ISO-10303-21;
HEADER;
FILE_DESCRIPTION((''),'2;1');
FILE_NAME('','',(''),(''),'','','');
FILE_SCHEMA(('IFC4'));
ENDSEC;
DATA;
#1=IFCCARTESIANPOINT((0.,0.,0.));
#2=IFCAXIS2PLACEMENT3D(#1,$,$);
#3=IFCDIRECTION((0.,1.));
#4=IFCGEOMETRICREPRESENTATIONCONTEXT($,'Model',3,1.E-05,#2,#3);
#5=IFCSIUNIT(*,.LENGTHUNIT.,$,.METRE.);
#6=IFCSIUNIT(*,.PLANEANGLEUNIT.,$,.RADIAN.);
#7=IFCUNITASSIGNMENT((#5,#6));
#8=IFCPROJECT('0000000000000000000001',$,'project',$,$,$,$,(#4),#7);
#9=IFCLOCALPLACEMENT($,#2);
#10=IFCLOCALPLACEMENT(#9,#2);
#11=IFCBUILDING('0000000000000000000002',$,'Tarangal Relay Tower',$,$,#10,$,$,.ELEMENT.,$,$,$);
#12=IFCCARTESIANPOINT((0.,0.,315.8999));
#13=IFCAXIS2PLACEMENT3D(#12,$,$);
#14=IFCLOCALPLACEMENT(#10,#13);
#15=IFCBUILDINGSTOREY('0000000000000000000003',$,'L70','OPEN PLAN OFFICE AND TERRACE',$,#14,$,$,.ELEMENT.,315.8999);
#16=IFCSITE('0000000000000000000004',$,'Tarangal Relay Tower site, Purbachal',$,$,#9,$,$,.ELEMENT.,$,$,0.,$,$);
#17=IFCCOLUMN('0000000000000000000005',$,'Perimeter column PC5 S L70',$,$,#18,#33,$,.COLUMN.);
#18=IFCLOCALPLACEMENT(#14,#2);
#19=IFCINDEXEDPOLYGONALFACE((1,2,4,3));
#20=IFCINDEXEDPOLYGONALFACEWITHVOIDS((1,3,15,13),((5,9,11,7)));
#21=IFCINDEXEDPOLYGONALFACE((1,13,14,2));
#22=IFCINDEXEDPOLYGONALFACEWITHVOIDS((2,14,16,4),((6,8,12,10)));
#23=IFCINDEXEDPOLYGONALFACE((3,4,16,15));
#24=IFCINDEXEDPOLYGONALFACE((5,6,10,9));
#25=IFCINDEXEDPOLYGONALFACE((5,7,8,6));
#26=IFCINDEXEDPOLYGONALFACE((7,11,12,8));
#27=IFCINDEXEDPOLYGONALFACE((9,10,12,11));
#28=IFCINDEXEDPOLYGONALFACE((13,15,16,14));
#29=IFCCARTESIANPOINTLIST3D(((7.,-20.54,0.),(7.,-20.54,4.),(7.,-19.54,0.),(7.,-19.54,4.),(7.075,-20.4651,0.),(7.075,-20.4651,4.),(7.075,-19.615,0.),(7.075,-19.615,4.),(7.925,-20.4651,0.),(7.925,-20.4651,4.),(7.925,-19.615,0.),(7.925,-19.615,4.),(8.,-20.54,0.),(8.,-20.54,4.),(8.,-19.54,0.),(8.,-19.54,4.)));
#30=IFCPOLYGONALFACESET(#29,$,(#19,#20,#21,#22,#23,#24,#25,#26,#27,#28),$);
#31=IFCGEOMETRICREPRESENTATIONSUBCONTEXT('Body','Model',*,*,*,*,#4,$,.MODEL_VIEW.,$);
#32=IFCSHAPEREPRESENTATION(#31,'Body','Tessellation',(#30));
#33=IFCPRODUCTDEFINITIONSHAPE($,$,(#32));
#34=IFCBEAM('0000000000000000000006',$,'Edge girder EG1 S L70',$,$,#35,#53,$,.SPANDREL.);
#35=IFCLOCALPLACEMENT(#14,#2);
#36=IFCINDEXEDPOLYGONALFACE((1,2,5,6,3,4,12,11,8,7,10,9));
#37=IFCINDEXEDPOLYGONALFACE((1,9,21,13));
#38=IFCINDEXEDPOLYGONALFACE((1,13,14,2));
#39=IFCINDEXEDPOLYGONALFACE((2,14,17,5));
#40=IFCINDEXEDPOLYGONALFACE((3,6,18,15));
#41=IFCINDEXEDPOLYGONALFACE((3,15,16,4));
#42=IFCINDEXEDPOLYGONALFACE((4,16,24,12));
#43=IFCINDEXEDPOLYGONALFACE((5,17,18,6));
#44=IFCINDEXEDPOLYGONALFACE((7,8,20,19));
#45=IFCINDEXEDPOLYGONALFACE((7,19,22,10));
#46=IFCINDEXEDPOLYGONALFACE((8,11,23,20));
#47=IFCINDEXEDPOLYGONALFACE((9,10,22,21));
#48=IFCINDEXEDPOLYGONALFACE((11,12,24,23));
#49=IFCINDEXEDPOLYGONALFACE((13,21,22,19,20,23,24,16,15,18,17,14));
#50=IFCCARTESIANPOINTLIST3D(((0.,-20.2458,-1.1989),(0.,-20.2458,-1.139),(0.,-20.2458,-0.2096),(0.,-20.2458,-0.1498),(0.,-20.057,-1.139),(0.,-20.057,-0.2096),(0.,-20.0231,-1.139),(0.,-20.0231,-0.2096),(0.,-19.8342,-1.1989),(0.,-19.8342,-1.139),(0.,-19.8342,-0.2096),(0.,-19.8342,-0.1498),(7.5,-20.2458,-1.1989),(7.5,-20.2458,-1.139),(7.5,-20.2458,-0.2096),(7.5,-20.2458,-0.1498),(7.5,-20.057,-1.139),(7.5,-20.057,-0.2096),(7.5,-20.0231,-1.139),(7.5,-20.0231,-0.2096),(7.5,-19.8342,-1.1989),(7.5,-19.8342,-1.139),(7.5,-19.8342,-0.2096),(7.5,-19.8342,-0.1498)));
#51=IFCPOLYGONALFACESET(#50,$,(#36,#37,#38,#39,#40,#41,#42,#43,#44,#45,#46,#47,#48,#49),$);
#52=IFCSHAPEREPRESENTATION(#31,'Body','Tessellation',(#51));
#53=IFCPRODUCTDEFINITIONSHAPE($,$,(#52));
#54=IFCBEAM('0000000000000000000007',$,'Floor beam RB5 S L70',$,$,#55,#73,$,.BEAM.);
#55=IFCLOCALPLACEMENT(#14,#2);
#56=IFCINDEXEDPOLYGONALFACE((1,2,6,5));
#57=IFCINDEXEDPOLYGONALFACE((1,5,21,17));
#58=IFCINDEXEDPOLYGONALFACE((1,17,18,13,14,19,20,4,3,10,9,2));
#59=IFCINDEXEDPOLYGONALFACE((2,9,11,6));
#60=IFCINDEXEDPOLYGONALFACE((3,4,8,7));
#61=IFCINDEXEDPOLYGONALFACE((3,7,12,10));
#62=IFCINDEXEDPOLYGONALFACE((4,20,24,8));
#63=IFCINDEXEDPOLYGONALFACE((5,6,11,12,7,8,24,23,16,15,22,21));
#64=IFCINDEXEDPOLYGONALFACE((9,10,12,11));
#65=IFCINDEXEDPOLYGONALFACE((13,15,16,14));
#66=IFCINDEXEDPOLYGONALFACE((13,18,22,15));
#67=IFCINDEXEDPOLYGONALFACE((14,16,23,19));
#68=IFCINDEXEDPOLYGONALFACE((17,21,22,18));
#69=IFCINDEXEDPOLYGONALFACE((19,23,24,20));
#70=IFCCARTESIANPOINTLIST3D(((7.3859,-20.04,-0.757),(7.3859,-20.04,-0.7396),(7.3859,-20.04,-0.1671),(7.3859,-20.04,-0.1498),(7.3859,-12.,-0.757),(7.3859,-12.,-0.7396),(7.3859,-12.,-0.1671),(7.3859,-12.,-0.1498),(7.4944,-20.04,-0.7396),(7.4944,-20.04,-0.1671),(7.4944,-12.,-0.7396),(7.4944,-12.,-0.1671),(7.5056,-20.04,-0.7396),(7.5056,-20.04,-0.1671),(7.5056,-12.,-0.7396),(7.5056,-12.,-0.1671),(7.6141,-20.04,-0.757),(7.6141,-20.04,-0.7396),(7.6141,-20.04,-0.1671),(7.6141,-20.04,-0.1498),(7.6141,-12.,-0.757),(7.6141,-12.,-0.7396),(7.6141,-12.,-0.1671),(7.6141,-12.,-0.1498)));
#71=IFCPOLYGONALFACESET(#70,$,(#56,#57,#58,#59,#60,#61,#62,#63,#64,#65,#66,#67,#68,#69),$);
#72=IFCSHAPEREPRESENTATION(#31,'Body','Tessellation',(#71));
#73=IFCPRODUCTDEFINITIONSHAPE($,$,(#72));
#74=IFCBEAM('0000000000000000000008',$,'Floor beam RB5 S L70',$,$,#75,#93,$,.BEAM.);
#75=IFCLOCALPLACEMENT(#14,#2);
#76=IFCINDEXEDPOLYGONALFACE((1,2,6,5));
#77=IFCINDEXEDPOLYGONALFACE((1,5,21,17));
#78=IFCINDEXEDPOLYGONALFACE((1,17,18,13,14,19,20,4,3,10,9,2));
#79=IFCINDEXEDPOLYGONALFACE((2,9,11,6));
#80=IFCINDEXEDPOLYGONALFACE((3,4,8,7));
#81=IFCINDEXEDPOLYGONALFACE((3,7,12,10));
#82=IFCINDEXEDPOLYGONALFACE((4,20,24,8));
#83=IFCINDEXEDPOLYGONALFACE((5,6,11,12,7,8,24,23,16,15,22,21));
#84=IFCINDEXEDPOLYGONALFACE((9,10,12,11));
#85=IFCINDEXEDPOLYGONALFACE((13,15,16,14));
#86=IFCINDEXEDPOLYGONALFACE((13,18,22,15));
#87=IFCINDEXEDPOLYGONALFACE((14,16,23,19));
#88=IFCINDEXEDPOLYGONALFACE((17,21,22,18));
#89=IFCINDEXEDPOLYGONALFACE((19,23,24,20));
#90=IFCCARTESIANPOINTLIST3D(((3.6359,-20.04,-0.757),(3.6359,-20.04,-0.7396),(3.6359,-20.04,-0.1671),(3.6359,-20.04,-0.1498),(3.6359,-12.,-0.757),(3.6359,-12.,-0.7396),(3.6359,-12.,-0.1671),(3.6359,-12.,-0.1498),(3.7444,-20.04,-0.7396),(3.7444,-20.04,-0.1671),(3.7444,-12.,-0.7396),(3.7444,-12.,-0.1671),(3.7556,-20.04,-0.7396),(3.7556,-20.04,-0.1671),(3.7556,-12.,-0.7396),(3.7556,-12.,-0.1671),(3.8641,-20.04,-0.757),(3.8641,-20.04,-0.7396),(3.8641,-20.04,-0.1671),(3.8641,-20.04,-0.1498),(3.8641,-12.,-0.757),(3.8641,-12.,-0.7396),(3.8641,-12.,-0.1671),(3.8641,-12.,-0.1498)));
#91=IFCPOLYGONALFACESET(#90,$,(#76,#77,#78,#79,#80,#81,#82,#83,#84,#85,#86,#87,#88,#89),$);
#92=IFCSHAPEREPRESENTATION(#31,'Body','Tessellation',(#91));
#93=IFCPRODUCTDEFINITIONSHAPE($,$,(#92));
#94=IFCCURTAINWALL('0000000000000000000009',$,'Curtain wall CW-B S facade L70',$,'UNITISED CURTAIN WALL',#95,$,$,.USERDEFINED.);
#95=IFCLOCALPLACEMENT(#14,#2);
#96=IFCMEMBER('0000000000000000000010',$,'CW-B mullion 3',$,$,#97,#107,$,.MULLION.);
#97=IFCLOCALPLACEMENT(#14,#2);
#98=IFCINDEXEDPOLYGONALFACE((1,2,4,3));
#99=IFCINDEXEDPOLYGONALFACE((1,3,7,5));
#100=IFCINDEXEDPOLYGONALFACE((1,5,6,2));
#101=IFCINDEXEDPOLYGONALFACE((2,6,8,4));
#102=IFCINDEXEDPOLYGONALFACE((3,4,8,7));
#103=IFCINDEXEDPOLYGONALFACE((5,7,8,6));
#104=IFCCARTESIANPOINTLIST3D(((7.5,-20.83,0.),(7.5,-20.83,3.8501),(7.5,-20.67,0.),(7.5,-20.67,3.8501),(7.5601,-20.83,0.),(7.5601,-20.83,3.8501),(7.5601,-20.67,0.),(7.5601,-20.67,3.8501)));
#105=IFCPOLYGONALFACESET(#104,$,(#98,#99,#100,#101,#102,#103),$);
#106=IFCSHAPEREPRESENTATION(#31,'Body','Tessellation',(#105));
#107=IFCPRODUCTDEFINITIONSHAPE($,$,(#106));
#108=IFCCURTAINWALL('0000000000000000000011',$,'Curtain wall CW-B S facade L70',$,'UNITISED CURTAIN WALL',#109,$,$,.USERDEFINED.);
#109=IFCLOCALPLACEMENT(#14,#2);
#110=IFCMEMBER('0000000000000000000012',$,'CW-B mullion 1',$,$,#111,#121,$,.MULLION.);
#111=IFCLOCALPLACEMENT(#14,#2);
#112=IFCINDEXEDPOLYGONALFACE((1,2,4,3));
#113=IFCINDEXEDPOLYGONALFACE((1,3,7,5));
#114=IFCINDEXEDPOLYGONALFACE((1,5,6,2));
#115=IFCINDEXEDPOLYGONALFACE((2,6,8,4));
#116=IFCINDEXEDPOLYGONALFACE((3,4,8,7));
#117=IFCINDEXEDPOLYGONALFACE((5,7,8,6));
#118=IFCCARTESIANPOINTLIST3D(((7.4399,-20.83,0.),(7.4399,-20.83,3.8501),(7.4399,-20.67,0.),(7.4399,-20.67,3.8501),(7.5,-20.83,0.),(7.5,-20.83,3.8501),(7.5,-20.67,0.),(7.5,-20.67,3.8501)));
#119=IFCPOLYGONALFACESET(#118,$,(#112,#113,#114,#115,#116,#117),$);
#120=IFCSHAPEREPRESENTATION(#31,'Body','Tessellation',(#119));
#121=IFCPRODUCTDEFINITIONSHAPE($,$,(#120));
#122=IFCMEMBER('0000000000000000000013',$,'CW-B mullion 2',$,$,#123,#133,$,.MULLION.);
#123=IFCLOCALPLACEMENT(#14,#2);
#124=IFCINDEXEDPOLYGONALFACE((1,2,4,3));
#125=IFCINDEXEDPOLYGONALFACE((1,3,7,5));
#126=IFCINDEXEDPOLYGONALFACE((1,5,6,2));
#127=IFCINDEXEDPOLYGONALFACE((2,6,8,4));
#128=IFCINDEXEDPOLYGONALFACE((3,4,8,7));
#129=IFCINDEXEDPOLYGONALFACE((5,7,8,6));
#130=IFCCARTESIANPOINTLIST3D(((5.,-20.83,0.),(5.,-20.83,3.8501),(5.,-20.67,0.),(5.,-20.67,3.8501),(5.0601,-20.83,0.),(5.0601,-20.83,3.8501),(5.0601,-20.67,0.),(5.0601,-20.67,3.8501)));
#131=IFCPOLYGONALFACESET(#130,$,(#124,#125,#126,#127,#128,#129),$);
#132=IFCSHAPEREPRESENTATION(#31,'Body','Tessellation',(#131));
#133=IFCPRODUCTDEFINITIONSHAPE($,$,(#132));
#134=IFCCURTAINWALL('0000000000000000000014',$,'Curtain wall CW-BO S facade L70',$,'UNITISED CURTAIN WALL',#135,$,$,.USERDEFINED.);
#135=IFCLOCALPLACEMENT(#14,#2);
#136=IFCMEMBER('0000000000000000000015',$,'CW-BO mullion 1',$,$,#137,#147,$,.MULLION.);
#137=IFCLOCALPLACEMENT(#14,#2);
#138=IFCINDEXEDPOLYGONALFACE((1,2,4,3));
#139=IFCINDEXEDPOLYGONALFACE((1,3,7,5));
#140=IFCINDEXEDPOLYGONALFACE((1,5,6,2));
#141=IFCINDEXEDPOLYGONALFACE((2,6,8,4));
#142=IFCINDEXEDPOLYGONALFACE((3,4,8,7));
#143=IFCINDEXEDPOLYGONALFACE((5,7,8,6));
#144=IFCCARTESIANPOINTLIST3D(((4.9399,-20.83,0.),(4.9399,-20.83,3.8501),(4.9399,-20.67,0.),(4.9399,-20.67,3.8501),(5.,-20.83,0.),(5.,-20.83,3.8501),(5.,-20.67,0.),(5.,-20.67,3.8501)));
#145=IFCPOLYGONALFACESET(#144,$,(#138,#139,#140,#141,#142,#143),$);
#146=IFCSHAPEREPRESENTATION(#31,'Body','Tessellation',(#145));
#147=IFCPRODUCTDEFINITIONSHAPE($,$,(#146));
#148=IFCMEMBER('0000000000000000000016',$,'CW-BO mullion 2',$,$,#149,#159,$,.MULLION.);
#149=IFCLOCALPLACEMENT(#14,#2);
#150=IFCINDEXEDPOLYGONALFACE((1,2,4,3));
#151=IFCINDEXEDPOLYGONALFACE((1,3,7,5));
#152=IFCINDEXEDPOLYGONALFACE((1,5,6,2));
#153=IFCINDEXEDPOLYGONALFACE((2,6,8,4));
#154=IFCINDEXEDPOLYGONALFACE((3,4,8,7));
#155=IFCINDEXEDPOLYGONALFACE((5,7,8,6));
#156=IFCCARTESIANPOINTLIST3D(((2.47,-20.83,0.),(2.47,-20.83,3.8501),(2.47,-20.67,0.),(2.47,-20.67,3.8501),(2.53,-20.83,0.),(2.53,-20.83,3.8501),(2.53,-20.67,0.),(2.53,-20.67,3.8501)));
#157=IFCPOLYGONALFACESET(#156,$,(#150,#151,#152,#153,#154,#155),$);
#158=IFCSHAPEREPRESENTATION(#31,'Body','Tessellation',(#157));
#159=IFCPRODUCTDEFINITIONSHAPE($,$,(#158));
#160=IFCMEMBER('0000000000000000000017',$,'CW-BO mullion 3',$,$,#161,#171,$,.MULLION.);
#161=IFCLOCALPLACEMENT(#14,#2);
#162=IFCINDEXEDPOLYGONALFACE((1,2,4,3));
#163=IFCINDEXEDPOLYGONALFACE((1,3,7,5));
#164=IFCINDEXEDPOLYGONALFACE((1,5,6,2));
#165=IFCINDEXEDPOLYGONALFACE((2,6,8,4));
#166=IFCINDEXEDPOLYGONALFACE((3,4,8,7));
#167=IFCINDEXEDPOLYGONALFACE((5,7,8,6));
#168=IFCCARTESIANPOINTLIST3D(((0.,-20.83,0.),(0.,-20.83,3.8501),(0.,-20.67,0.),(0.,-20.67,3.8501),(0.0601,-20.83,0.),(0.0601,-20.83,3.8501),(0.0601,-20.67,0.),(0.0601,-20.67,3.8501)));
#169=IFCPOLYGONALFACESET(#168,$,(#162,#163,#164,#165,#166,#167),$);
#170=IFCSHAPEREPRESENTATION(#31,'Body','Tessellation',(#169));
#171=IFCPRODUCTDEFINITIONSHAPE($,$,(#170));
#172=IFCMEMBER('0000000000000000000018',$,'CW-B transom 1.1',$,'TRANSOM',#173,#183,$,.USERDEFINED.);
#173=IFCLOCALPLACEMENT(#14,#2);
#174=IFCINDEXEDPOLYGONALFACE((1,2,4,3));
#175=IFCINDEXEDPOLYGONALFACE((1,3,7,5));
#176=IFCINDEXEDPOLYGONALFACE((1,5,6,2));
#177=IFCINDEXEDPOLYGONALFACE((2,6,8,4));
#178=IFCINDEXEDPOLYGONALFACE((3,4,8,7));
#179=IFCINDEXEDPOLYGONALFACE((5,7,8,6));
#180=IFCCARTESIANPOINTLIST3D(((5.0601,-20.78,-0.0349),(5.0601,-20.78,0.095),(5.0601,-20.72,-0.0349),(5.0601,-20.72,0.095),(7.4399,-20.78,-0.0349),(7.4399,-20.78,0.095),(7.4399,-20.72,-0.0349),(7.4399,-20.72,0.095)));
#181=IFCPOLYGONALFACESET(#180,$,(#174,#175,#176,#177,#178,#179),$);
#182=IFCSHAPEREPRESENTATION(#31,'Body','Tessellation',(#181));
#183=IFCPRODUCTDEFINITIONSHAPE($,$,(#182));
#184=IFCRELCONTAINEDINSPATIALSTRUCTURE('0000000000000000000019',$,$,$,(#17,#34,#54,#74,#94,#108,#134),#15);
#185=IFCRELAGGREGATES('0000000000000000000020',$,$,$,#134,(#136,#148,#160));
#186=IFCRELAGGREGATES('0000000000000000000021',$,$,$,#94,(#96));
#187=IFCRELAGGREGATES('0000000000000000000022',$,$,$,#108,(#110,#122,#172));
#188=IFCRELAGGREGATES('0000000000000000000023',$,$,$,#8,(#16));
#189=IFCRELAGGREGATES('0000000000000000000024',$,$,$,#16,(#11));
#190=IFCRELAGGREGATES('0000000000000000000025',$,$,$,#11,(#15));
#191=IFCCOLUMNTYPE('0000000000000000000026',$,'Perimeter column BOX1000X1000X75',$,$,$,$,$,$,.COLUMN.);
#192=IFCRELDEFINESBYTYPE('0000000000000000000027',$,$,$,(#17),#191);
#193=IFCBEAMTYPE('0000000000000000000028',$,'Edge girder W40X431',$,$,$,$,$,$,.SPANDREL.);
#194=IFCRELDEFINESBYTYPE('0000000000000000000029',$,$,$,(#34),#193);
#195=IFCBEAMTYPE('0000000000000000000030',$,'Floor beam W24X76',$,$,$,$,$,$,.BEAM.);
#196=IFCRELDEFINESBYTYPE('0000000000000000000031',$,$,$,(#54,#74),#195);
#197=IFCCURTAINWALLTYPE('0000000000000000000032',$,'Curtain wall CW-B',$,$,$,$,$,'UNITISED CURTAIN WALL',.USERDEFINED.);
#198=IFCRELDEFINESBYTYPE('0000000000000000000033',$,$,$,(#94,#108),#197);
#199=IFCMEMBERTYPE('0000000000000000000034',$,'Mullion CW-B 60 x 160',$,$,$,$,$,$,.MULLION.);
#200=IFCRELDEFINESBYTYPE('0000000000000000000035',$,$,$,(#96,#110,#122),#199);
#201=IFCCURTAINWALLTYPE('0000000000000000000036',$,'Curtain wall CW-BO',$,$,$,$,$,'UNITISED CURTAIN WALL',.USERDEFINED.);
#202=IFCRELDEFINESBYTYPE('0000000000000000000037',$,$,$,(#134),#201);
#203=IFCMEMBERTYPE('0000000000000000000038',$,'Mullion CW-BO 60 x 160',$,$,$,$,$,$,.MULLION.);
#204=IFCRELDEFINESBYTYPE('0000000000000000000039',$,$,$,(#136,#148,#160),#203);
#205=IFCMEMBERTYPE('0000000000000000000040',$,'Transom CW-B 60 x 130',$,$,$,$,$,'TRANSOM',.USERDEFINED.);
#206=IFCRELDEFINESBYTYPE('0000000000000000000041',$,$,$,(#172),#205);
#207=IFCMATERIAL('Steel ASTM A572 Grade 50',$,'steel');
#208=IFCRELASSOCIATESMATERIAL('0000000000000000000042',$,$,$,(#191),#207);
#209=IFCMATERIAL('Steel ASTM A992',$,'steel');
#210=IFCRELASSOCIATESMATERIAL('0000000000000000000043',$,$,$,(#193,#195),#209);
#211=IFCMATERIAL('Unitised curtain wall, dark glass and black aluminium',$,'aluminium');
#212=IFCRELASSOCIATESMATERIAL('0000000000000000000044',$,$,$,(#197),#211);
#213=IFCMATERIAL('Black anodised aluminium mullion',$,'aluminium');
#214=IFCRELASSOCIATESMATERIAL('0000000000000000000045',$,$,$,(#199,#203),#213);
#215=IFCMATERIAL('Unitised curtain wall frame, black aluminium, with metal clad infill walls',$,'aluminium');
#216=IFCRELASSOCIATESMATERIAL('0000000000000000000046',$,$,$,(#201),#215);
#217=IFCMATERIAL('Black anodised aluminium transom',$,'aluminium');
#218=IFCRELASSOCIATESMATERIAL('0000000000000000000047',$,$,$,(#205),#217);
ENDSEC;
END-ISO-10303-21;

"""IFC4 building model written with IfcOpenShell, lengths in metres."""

from ifc_helpers import new_model, si_unit, direction, frame, origin, origin_2d, place, context, subcontext, project, spatial, rectangle, hollow_rectangle, i_section, extrude, material, material_profile, profile_set, type_object, element, aggregate, save


model = new_model("IFC4")

# Units and contexts
model_context = context("Model", 3, precision=1e-05, world=origin(), true_north=direction((0.0, 1.0)))
body_context = subcontext(model_context, "Body", "Model", "MODEL_VIEW")
ifc_project = project(units=[si_unit("LENGTHUNIT", "METRE"), si_unit("PLANEANGLEUNIT", "RADIAN")], contexts=[model_context])

# Site, building, storey
site_placement = place(None, origin())
site = spatial("IfcSite", under=ifc_project, at=site_placement, Name="Tarangal Relay Tower site, Purbachal", CompositionType="ELEMENT", RefElevation=0.0)
building_placement = place(site_placement, origin())
building = spatial("IfcBuilding", under=site, at=building_placement, Name="Tarangal Relay Tower", CompositionType="ELEMENT")
storey_placement = place(building_placement, frame((0.0, 0.0, 315.8999)))
storey = spatial("IfcBuildingStorey", under=building, at=storey_placement, Name="L70", Description="OPEN PLAN OFFICE AND TERRACE", CompositionType="ELEMENT", Elevation=315.8999)

# Column
ifc_material_1 = material(Name="Steel ASTM A572 Grade 50", Category="steel")
ifc_material_profile_1 = material_profile(ifc_material_1, hollow_rectangle(XDim=1.0, YDim=1.0, WallThickness=0.075, at=origin_2d()), Name="BOX1000X1000X75")
ifc_profile_set_1 = profile_set([ifc_material_profile_1], Name="Steel ASTM A572 Grade 50")
column_type = type_object("IfcColumnType", Name="Perimeter column BOX1000X1000X75", PredefinedType="COLUMN", material=ifc_profile_set_1)
column_placement = place(storey_placement, frame((7.5, -20.04, 0.0), z_axis=(0.0, 0.0, 1.0), x_axis=(1.0, 0.0, 0.0)))
element("IfcColumn", 1, at=column_placement, inside=storey, type_object=column_type, Name="Perimeter column PC5 S L70", PredefinedType="COLUMN", context=body_context, shape_type="SweptSolid", body=[
    extrude(hollow_rectangle(XDim=1.0, YDim=1.0, WallThickness=0.075, at=origin_2d()), origin(), (0.0, 0.0, 1.0), 4.0),
])

# Beams
ifc_material_2 = material(Name="Steel ASTM A992", Category="steel")
ifc_material_profile_2 = material_profile(ifc_material_2, i_section(OverallWidth=0.4116, OverallDepth=1.0491, WebThickness=0.0339, FlangeThickness=0.0598, at=origin_2d()), Name="W40X431")
ifc_profile_set_2 = profile_set([ifc_material_profile_2], Name="Steel ASTM A992")
beam_type_1 = type_object("IfcBeamType", Name="Edge girder W40X431", PredefinedType="SPANDREL", material=ifc_profile_set_2)
beam_placement = place(storey_placement, frame((7.5, -20.04, -0.6743), z_axis=(-1.0, 0.0, 0.0), x_axis=(0.0, -1.0, 0.0)))
element("IfcBeam", 2, at=beam_placement, inside=storey, type_object=beam_type_1, Name="Edge girder EG1 S L70", PredefinedType="SPANDREL", context=body_context, shape_type="SweptSolid", body=[
    extrude(i_section(OverallWidth=0.4116, OverallDepth=1.0491, WebThickness=0.0339, FlangeThickness=0.0598, at=origin_2d()), origin(), (0.0, 0.0, 1.0), 7.5),
])
ifc_material_profile_3 = material_profile(ifc_material_2, i_section(OverallWidth=0.2283, OverallDepth=0.6072, WebThickness=0.0112, FlangeThickness=0.0173, at=origin_2d()), Name="W24X76")
ifc_profile_set_3 = profile_set([ifc_material_profile_3], Name="Steel ASTM A992")
beam_type_2 = type_object("IfcBeamType", Name="Floor beam W24X76", PredefinedType="BEAM", material=ifc_profile_set_3)
for number, where, z_axis, x_axis, name in (
    (3, (7.5, -12.0, -0.4534), (0.0, -1.0, 0.0), (1.0, 0.0, 0.0), "Floor beam RB5 S L70"),
    (4, (3.75, -12.0, -0.4534), (0.0, -1.0, 0.0), (1.0, 0.0, 0.0), "Floor beam RB5 S L70"),
):
    element("IfcBeam", number, at=place(storey_placement, frame(where, z_axis=z_axis, x_axis=x_axis)), inside=storey, type_object=beam_type_2, Name=name, PredefinedType="BEAM", context=body_context, shape_type="SweptSolid", body=[
        extrude(i_section(OverallWidth=0.2283, OverallDepth=0.6072, WebThickness=0.0112, FlangeThickness=0.0173, at=origin_2d()), origin(), (0.0, 0.0, 1.0), 8.04),
    ])

# Curtain wall, member
ifc_material_3 = material(Name="Unitised curtain wall, dark glass and black aluminium", Category="aluminium")
curtain_wall_type_1 = type_object("IfcCurtainWallType", Name="Curtain wall CW-B", ElementType="UNITISED CURTAIN WALL", PredefinedType="USERDEFINED", material=ifc_material_3)
curtain_wall_1_placement = place(storey_placement, origin())
curtain_wall_1 = element("IfcCurtainWall", 5, at=curtain_wall_1_placement, inside=storey, type_object=curtain_wall_type_1, Name="Curtain wall CW-B S facade L70", ObjectType="UNITISED CURTAIN WALL", PredefinedType="USERDEFINED")
ifc_material_4 = material(Name="Black anodised aluminium mullion", Category="aluminium")
ifc_material_profile_4 = material_profile(ifc_material_4, rectangle(XDim=0.1599, YDim=0.0601, at=origin_2d()), Name="CW-BM 60X160")
ifc_profile_set_4 = profile_set([ifc_material_profile_4], Name="Black anodised aluminium mullion")
member_type_1 = type_object("IfcMemberType", Name="Mullion CW-B 60 x 160", PredefinedType="MULLION", material=ifc_profile_set_4)
member_1_placement = place(storey_placement, frame((7.53, -20.75, 0.0), z_axis=(0.0, 0.0, 1.0), x_axis=(0.0, -1.0, 0.0)))
member_1 = element("IfcMember", 6, at=member_1_placement, type_object=member_type_1, Name="CW-B mullion 3", PredefinedType="MULLION", context=body_context, shape_type="SweptSolid", body=[
    extrude(rectangle(XDim=0.1599, YDim=0.0601, at=origin_2d()), origin(), (0.0, 0.0, 1.0), 3.8501),
])

# Curtain walls, members
curtain_wall_2_placement = place(storey_placement, origin())
curtain_wall_2 = element("IfcCurtainWall", 7, at=curtain_wall_2_placement, inside=storey, type_object=curtain_wall_type_1, Name="Curtain wall CW-B S facade L70", ObjectType="UNITISED CURTAIN WALL", PredefinedType="USERDEFINED")
member_2_placement = place(storey_placement, frame((7.47, -20.75, 0.0), z_axis=(0.0, 0.0, 1.0), x_axis=(0.0, -1.0, 0.0)))
member_2 = element("IfcMember", 8, at=member_2_placement, type_object=member_type_1, Name="CW-B mullion 1", PredefinedType="MULLION", context=body_context, shape_type="SweptSolid", body=[
    extrude(rectangle(XDim=0.1599, YDim=0.0601, at=origin_2d()), origin(), (0.0, 0.0, 1.0), 3.8501),
])
member_3_placement = place(storey_placement, frame((5.03, -20.75, 0.0), z_axis=(0.0, 0.0, 1.0), x_axis=(0.0, -1.0, 0.0)))
member_3 = element("IfcMember", 9, at=member_3_placement, type_object=member_type_1, Name="CW-B mullion 2", PredefinedType="MULLION", context=body_context, shape_type="SweptSolid", body=[
    extrude(rectangle(XDim=0.1599, YDim=0.0601, at=origin_2d()), origin(), (0.0, 0.0, 1.0), 3.8501),
])
ifc_material_5 = material(Name="Unitised curtain wall frame, black aluminium, with metal clad infill walls", Category="aluminium")
curtain_wall_type_2 = type_object("IfcCurtainWallType", Name="Curtain wall CW-BO", ElementType="UNITISED CURTAIN WALL", PredefinedType="USERDEFINED", material=ifc_material_5)
curtain_wall_3_placement = place(storey_placement, origin())
curtain_wall_3 = element("IfcCurtainWall", 10, at=curtain_wall_3_placement, inside=storey, type_object=curtain_wall_type_2, Name="Curtain wall CW-BO S facade L70", ObjectType="UNITISED CURTAIN WALL", PredefinedType="USERDEFINED")
ifc_material_profile_5 = material_profile(ifc_material_4, rectangle(XDim=0.1599, YDim=0.0601, at=origin_2d()), Name="CW-BOM 60X160")
ifc_profile_set_5 = profile_set([ifc_material_profile_5], Name="Black anodised aluminium mullion")
member_type_2 = type_object("IfcMemberType", Name="Mullion CW-BO 60 x 160", PredefinedType="MULLION", material=ifc_profile_set_5)
member_4_placement = place(storey_placement, frame((4.97, -20.75, 0.0), z_axis=(0.0, 0.0, 1.0), x_axis=(0.0, -1.0, 0.0)))
member_4 = element("IfcMember", 11, at=member_4_placement, type_object=member_type_2, Name="CW-BO mullion 1", PredefinedType="MULLION", context=body_context, shape_type="SweptSolid", body=[
    extrude(rectangle(XDim=0.1599, YDim=0.0601, at=origin_2d()), origin(), (0.0, 0.0, 1.0), 3.8501),
])
member_5_placement = place(storey_placement, frame((2.5, -20.75, 0.0), z_axis=(0.0, 0.0, 1.0), x_axis=(0.0, -1.0, 0.0)))
member_5 = element("IfcMember", 12, at=member_5_placement, type_object=member_type_2, Name="CW-BO mullion 2", PredefinedType="MULLION", context=body_context, shape_type="SweptSolid", body=[
    extrude(rectangle(XDim=0.1599, YDim=0.0601, at=origin_2d()), origin(), (0.0, 0.0, 1.0), 3.8501),
])
member_6_placement = place(storey_placement, frame((0.03, -20.75, 0.0), z_axis=(0.0, 0.0, 1.0), x_axis=(0.0, -1.0, 0.0)))
member_6 = element("IfcMember", 13, at=member_6_placement, type_object=member_type_2, Name="CW-BO mullion 3", PredefinedType="MULLION", context=body_context, shape_type="SweptSolid", body=[
    extrude(rectangle(XDim=0.1599, YDim=0.0601, at=origin_2d()), origin(), (0.0, 0.0, 1.0), 3.8501),
])

# Member
ifc_material_6 = material(Name="Black anodised aluminium transom", Category="aluminium")
ifc_material_profile_6 = material_profile(ifc_material_6, rectangle(XDim=0.0601, YDim=0.1299, at=origin_2d()), Name="CW-BT 60X130")
ifc_profile_set_6 = profile_set([ifc_material_profile_6], Name="Black anodised aluminium transom")
member_type_3 = type_object("IfcMemberType", Name="Transom CW-B 60 x 130", ElementType="TRANSOM", PredefinedType="USERDEFINED", material=ifc_profile_set_6)
member_7_placement = place(storey_placement, frame((7.4399, -20.75, 0.03), z_axis=(-1.0, 0.0, 0.0), x_axis=(0.0, -1.0, 0.0)))
member_7 = element("IfcMember", 14, at=member_7_placement, type_object=member_type_3, Name="CW-B transom 1.1", ObjectType="TRANSOM", PredefinedType="USERDEFINED", context=body_context, shape_type="SweptSolid", body=[
    extrude(rectangle(XDim=0.0601, YDim=0.1299, at=origin_2d()), origin(), (0.0, 0.0, 1.0), 2.3799),
])
aggregate(curtain_wall_3, [member_4, member_5, member_6])

aggregate(curtain_wall_1, [member_1])
aggregate(curtain_wall_2, [member_2, member_3, member_7])

save(model, "model.ifc")
